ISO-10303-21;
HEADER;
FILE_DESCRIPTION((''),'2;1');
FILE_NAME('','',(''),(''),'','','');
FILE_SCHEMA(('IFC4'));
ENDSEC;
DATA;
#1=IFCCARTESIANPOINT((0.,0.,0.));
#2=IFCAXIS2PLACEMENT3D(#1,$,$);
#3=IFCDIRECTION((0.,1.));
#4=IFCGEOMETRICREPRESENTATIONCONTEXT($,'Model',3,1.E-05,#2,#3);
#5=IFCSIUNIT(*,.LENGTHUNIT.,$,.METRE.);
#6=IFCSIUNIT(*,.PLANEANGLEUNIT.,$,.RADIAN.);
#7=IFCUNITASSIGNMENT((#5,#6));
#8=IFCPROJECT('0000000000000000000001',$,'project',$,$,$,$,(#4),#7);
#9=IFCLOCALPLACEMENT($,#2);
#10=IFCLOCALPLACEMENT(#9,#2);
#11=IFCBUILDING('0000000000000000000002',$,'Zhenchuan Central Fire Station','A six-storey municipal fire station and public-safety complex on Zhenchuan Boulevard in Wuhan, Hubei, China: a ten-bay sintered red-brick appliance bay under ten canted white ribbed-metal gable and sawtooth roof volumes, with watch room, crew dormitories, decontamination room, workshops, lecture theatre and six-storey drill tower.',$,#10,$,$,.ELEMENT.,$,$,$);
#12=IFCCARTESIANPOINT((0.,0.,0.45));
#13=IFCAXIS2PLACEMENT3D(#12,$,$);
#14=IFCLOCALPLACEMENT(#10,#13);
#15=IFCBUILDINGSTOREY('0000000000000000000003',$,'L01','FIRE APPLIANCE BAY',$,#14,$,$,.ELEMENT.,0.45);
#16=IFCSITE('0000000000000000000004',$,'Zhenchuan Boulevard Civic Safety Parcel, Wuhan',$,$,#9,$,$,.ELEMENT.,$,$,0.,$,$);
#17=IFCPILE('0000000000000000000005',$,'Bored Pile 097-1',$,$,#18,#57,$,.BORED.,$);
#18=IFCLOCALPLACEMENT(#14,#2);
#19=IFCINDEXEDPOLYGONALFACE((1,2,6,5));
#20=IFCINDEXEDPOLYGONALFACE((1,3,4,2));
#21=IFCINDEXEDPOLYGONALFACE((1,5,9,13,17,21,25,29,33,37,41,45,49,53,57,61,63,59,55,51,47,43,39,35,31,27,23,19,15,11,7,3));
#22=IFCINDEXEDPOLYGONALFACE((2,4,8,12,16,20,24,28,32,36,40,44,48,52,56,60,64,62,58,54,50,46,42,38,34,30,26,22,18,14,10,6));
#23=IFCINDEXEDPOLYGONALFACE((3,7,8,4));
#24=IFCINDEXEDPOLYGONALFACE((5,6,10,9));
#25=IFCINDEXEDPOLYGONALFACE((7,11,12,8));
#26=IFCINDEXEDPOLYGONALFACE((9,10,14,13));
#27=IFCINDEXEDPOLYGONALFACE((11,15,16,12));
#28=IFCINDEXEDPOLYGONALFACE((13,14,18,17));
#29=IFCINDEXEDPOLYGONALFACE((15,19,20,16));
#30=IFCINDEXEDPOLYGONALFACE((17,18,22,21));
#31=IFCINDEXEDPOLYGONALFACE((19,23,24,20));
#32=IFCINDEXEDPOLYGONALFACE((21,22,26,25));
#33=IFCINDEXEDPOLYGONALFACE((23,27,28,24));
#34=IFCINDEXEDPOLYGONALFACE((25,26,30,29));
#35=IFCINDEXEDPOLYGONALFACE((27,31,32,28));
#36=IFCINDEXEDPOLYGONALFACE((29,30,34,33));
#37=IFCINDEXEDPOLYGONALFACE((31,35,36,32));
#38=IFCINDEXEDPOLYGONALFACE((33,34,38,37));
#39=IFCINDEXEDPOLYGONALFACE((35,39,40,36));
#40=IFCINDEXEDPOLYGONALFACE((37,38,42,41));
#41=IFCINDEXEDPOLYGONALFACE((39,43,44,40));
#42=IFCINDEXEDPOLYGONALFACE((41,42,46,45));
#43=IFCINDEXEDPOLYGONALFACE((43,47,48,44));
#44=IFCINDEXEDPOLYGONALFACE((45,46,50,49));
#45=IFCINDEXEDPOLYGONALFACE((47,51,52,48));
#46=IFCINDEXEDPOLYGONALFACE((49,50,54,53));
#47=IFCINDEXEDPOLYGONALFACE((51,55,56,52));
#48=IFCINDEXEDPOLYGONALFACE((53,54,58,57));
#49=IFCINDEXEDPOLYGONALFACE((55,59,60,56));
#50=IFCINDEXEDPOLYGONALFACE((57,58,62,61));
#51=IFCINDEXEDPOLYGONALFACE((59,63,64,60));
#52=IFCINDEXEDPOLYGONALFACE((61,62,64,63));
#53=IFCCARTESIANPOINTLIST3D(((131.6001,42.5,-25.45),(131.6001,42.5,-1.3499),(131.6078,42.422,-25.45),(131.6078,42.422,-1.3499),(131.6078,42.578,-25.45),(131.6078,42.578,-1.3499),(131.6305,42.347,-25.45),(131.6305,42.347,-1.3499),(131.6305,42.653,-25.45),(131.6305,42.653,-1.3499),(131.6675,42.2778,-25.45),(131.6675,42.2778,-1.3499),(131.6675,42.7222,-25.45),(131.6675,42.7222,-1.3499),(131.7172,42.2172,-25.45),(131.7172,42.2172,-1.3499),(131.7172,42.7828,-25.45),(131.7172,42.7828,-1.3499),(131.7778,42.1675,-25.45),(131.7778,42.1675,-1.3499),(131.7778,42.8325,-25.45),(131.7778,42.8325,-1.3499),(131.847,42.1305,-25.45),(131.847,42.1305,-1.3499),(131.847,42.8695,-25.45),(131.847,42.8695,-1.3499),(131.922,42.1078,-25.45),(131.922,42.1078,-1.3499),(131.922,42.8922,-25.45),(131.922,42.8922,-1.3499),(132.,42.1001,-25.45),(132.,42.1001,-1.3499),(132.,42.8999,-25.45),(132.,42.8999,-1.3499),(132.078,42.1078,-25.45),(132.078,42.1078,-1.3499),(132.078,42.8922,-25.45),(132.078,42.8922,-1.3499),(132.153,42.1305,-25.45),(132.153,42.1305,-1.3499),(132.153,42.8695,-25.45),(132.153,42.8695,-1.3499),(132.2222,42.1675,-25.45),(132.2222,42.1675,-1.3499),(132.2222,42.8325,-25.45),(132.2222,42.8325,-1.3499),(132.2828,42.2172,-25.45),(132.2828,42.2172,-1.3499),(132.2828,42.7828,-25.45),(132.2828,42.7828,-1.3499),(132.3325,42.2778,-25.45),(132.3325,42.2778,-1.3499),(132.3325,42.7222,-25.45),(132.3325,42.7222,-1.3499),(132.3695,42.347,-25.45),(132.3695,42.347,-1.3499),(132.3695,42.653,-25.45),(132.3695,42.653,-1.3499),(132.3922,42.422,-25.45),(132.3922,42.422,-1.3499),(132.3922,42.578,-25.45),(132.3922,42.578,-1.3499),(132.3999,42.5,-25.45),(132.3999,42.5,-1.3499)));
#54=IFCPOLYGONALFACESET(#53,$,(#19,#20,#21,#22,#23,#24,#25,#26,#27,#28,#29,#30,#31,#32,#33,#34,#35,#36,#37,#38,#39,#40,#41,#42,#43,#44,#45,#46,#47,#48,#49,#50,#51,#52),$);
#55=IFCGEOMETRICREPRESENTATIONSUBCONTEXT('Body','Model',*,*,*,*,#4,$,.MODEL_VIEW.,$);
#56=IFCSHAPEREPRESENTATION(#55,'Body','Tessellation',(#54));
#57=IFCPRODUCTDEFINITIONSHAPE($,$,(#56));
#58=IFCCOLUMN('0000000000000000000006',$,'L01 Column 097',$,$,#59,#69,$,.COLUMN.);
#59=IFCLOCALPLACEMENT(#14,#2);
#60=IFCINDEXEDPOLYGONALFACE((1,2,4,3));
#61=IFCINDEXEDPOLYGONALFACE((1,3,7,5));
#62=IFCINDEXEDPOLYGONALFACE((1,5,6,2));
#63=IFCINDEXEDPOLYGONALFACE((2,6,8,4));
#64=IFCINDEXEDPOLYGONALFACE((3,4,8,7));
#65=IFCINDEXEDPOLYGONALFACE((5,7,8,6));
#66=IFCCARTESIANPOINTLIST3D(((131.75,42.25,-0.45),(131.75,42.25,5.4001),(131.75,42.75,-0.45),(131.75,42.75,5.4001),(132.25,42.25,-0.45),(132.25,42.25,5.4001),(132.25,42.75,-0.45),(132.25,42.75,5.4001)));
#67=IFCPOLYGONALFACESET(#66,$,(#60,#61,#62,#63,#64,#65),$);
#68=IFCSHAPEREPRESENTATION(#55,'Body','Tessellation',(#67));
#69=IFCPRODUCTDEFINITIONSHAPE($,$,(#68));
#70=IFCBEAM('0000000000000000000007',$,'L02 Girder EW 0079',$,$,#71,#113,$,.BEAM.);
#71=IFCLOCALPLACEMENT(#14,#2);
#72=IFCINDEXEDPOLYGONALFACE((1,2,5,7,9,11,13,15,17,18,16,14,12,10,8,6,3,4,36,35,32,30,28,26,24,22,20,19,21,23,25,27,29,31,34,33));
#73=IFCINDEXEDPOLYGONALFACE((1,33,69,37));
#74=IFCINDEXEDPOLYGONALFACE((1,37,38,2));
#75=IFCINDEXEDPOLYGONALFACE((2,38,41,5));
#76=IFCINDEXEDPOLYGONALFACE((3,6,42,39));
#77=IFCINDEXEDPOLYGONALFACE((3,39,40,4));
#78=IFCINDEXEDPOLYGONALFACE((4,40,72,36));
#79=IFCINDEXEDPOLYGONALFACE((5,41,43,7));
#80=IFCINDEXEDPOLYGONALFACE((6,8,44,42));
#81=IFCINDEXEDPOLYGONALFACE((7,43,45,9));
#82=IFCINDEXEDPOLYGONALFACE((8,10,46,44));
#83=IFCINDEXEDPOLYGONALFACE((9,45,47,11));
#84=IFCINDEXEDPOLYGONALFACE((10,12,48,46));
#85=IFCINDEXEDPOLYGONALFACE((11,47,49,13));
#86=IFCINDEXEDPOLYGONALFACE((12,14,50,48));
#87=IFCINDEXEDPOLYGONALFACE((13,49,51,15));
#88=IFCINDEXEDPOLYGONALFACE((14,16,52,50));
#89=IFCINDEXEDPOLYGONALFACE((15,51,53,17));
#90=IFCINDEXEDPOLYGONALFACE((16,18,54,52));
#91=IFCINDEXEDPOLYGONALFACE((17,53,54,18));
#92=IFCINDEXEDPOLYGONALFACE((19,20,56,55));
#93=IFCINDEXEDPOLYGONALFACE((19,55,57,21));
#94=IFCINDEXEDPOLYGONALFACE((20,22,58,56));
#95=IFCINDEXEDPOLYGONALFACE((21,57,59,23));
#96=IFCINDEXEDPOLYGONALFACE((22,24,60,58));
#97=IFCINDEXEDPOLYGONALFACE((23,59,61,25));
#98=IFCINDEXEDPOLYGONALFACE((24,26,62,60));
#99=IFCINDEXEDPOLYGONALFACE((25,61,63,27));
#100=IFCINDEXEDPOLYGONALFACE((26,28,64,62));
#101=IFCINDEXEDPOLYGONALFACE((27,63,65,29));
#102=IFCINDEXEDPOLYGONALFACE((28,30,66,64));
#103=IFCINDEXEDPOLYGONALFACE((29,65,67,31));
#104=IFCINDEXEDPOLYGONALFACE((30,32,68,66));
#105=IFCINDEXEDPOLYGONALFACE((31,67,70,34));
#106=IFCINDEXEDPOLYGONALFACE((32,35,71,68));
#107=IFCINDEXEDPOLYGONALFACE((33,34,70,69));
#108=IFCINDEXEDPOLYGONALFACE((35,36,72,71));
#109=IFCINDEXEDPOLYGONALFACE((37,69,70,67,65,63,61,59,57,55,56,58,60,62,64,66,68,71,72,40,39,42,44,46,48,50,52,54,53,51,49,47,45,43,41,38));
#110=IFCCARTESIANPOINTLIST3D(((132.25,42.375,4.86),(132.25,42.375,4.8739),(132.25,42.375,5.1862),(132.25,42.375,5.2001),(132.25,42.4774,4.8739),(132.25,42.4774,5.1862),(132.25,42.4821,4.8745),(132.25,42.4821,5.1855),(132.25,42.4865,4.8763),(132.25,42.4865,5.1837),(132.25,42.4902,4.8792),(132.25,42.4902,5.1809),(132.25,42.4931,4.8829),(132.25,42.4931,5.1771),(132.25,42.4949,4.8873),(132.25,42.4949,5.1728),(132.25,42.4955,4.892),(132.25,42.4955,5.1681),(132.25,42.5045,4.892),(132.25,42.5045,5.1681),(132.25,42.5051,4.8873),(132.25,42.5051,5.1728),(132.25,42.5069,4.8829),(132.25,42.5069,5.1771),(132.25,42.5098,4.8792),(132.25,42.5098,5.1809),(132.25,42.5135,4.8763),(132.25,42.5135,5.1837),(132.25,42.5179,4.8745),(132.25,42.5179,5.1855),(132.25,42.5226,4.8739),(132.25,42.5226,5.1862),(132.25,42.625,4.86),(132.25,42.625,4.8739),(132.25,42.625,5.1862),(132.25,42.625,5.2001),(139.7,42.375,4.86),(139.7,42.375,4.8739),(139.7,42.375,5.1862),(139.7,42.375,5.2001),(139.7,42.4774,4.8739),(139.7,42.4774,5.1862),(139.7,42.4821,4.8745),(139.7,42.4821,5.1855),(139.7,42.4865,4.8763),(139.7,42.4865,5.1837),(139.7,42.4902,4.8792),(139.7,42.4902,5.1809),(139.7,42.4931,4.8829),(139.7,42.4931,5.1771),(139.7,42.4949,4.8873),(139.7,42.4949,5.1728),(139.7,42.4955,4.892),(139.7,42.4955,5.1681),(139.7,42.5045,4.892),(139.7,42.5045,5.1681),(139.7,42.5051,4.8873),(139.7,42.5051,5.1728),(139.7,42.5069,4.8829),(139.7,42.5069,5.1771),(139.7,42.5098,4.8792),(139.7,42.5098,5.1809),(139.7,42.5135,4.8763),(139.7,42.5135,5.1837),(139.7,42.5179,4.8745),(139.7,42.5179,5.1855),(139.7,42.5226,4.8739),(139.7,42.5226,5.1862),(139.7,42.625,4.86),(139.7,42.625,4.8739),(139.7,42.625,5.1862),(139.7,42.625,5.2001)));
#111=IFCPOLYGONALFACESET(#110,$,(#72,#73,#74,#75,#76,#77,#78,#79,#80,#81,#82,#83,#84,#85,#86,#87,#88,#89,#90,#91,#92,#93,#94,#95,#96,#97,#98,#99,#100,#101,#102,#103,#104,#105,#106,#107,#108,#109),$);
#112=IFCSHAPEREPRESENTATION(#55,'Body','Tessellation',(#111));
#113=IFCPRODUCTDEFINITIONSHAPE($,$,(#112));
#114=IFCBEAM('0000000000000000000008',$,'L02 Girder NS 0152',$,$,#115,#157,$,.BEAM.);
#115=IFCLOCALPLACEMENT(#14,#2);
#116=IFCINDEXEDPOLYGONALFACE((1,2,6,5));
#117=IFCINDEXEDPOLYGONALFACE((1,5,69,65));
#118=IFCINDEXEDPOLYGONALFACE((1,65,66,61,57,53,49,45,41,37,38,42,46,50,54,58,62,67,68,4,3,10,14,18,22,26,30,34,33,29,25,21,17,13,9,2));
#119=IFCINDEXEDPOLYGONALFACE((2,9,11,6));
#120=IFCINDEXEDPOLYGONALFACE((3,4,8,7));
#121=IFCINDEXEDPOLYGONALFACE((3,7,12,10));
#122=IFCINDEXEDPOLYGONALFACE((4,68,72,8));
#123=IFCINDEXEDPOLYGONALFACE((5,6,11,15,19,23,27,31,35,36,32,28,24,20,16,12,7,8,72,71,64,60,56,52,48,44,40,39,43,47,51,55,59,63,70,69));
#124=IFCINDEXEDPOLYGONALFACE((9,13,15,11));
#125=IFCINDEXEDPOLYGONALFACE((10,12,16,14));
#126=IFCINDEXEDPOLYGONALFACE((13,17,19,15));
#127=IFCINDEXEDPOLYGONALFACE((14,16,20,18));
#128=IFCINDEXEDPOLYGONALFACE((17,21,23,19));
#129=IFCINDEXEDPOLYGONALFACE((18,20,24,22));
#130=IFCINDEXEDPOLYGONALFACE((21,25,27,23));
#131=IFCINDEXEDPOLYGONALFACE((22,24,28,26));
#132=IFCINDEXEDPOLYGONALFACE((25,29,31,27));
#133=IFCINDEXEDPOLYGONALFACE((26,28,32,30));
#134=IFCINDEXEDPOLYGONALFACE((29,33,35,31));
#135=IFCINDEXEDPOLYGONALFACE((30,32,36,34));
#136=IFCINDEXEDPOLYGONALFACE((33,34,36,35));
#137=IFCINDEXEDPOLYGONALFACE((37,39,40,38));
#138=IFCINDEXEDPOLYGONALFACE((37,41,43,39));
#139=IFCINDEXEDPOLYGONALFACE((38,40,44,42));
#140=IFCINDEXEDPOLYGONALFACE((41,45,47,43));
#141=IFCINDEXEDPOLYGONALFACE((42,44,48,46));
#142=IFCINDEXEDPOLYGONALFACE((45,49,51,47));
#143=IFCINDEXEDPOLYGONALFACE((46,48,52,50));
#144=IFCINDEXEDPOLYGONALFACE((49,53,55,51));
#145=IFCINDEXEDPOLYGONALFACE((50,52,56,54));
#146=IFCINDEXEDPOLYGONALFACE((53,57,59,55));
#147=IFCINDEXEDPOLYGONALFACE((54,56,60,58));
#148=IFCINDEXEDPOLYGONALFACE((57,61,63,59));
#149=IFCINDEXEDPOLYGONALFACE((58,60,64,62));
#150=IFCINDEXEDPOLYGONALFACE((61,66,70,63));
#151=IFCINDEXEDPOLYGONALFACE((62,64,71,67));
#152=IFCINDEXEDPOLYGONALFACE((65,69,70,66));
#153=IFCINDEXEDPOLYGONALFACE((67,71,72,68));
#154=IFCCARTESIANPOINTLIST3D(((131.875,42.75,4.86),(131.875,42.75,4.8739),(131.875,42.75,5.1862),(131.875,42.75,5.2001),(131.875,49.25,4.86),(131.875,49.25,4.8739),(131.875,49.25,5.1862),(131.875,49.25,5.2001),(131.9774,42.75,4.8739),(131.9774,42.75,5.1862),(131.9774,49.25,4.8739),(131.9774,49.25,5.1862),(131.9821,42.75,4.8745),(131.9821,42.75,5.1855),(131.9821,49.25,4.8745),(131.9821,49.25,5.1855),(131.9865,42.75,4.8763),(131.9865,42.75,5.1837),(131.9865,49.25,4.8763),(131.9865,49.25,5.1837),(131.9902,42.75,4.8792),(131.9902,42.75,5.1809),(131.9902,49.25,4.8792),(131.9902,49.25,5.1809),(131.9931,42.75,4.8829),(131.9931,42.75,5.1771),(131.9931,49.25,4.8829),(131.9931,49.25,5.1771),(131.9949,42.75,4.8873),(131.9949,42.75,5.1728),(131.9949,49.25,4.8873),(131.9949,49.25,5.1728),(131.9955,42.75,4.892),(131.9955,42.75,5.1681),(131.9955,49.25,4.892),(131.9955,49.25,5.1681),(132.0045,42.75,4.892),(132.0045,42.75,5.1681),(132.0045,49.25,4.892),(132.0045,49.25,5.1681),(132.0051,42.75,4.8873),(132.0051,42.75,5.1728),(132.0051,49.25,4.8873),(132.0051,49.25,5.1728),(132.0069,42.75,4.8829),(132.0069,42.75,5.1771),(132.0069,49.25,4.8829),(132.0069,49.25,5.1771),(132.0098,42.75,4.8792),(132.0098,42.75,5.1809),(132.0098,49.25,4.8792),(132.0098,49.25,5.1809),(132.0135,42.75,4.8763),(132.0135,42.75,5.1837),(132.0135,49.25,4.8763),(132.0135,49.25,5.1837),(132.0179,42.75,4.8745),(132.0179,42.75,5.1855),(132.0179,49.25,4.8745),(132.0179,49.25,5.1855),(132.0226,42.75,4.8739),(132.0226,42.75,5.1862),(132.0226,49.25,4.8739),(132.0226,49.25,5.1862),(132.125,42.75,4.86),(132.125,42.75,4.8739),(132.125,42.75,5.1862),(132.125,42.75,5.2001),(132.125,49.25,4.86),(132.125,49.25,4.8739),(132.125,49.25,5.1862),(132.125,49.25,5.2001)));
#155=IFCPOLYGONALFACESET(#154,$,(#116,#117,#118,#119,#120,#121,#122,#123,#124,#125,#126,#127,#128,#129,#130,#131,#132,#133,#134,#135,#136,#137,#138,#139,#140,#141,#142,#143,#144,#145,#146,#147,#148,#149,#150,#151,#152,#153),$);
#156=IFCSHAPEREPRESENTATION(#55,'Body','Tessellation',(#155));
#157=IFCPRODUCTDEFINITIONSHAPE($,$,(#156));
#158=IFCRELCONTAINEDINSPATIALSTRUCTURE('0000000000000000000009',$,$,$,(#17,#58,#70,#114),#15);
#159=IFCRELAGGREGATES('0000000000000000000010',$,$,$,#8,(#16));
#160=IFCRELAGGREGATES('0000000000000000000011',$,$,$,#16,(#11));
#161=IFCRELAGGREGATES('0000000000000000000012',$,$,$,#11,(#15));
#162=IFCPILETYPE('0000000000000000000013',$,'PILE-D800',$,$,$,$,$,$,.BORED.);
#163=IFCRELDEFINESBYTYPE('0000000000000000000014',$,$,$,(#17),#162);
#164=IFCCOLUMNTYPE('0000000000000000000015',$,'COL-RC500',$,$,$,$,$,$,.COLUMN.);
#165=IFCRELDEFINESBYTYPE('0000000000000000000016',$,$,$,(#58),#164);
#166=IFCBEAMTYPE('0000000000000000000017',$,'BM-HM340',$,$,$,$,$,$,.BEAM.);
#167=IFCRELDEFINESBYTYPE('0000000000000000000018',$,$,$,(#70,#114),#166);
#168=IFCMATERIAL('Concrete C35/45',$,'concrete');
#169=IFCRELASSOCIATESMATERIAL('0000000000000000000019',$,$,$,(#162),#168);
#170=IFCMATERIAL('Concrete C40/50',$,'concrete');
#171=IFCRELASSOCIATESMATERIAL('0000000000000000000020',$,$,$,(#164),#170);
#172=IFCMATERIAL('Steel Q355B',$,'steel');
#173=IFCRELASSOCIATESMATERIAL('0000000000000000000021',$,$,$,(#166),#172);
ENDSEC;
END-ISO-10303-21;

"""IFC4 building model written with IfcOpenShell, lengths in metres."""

from ifc_helpers import new_model, si_unit, direction, frame, origin, origin_2d, place, context, subcontext, project, spatial, rectangle, circle, i_section, extrude, material, material_profile, profile_set, type_object, element, save


model = new_model("IFC4")

# Units and contexts
model_context = context("Model", 3, precision=1e-05, world=origin(), true_north=direction((0.0, 1.0)))
body_context = subcontext(model_context, "Body", "Model", "MODEL_VIEW")
ifc_project = project(units=[si_unit("LENGTHUNIT", "METRE"), si_unit("PLANEANGLEUNIT", "RADIAN")], contexts=[model_context])

# Site, building, storey
site_placement = place(None, origin())
site = spatial("IfcSite", under=ifc_project, at=site_placement, Name="Zhenchuan Boulevard Civic Safety Parcel, Wuhan", CompositionType="ELEMENT", RefElevation=0.0)
building_placement = place(site_placement, origin())
building = spatial("IfcBuilding", under=site, at=building_placement, Name="Zhenchuan Central Fire Station", Description="A six-storey municipal fire station and public-safety complex on Zhenchuan Boulevard in Wuhan, Hubei, China: a ten-bay sintered red-brick appliance bay under ten canted white ribbed-metal gable and sawtooth roof volumes, with watch room, crew dormitories, decontamination room, workshops, lecture theatre and six-storey drill tower.", CompositionType="ELEMENT")
storey_placement = place(building_placement, frame((0.0, 0.0, 0.45)))
storey = spatial("IfcBuildingStorey", under=building, at=storey_placement, Name="L01", Description="FIRE APPLIANCE BAY", CompositionType="ELEMENT", Elevation=0.45)

# Shared definitions
ifc_material_1 = material(Name="Concrete C40/50", Category="concrete")

# Pile
ifc_material_2 = material(Name="Concrete C35/45", Category="concrete")
ifc_material_profile_1 = material_profile(ifc_material_2, circle(Radius=0.3999, at=origin_2d()), Name="PILE D800")
ifc_profile_set_1 = profile_set([ifc_material_profile_1], Name="Concrete C35/45")
pile_type_1 = type_object("IfcPileType", Name="PILE-D800", PredefinedType="BORED", material=ifc_profile_set_1)
pile_1_placement = place(storey_placement, frame((132.0, 42.5, -1.3499), z_axis=(0.0, 0.0, -1.0), x_axis=(1.0, 0.0, 0.0)))
element("IfcPile", 1, at=pile_1_placement, inside=storey, type_object=pile_type_1, Name="Bored Pile 097-1", PredefinedType="BORED", context=body_context, shape_type="SweptSolid", body=[
    extrude(circle(Radius=0.3999, at=origin_2d()), origin(), (0.0, 0.0, 1.0), 24.1001),
])

# Column
ifc_material_profile_2 = material_profile(ifc_material_1, rectangle(XDim=0.5, YDim=0.5, at=origin_2d()), Name="RC 500x500")
ifc_profile_set_2 = profile_set([ifc_material_profile_2], Name="Concrete C40/50")
column_type = type_object("IfcColumnType", Name="COL-RC500", PredefinedType="COLUMN", material=ifc_profile_set_2)
column_placement = place(storey_placement, frame((132.0, 42.5, -0.45), z_axis=(0.0, 0.0, 1.0), x_axis=(1.0, 0.0, 0.0)))
element("IfcColumn", 2, at=column_placement, inside=storey, type_object=column_type, Name="L01 Column 097", PredefinedType="COLUMN", context=body_context, shape_type="SweptSolid", body=[
    extrude(rectangle(XDim=0.5, YDim=0.5, at=origin_2d()), origin(), (0.0, 0.0, 1.0), 5.8501),
])

# Beams
ifc_material_3 = material(Name="Steel Q355B", Category="steel")
ifc_material_profile_3 = material_profile(ifc_material_3, i_section(OverallWidth=0.25, OverallDepth=0.3401, WebThickness=0.009, FlangeThickness=0.0139, FilletRadius=0.0181, at=origin_2d()), Name="HM 340x250")
ifc_profile_set_3 = profile_set([ifc_material_profile_3], Name="Steel Q355B")
beam_type_1 = type_object("IfcBeamType", Name="BM-HM340", PredefinedType="BEAM", material=ifc_profile_set_3)
beam_1_placement = place(storey_placement, frame((132.25, 42.5, 5.03), z_axis=(1.0, 0.0, 0.0), x_axis=(0.0, 1.0, 0.0)))
element("IfcBeam", 3, at=beam_1_placement, inside=storey, type_object=beam_type_1, Name="L02 Girder EW 0079", PredefinedType="BEAM", context=body_context, shape_type="SweptSolid", body=[
    extrude(i_section(OverallWidth=0.25, OverallDepth=0.3401, WebThickness=0.009, FlangeThickness=0.0139, FilletRadius=0.0181, at=origin_2d()), origin(), (0.0, 0.0, 1.0), 7.45),
])
beam_2_placement = place(storey_placement, frame((132.0, 42.75, 5.03), z_axis=(0.0, 1.0, 0.0), x_axis=(-1.0, 0.0, 0.0)))
element("IfcBeam", 4, at=beam_2_placement, inside=storey, type_object=beam_type_1, Name="L02 Girder NS 0152", PredefinedType="BEAM", context=body_context, shape_type="SweptSolid", body=[
    extrude(i_section(OverallWidth=0.25, OverallDepth=0.3401, WebThickness=0.009, FlangeThickness=0.0139, FilletRadius=0.0181, at=origin_2d()), origin(), (0.0, 0.0, 1.0), 6.5),
])

save(model, "model.ifc")
